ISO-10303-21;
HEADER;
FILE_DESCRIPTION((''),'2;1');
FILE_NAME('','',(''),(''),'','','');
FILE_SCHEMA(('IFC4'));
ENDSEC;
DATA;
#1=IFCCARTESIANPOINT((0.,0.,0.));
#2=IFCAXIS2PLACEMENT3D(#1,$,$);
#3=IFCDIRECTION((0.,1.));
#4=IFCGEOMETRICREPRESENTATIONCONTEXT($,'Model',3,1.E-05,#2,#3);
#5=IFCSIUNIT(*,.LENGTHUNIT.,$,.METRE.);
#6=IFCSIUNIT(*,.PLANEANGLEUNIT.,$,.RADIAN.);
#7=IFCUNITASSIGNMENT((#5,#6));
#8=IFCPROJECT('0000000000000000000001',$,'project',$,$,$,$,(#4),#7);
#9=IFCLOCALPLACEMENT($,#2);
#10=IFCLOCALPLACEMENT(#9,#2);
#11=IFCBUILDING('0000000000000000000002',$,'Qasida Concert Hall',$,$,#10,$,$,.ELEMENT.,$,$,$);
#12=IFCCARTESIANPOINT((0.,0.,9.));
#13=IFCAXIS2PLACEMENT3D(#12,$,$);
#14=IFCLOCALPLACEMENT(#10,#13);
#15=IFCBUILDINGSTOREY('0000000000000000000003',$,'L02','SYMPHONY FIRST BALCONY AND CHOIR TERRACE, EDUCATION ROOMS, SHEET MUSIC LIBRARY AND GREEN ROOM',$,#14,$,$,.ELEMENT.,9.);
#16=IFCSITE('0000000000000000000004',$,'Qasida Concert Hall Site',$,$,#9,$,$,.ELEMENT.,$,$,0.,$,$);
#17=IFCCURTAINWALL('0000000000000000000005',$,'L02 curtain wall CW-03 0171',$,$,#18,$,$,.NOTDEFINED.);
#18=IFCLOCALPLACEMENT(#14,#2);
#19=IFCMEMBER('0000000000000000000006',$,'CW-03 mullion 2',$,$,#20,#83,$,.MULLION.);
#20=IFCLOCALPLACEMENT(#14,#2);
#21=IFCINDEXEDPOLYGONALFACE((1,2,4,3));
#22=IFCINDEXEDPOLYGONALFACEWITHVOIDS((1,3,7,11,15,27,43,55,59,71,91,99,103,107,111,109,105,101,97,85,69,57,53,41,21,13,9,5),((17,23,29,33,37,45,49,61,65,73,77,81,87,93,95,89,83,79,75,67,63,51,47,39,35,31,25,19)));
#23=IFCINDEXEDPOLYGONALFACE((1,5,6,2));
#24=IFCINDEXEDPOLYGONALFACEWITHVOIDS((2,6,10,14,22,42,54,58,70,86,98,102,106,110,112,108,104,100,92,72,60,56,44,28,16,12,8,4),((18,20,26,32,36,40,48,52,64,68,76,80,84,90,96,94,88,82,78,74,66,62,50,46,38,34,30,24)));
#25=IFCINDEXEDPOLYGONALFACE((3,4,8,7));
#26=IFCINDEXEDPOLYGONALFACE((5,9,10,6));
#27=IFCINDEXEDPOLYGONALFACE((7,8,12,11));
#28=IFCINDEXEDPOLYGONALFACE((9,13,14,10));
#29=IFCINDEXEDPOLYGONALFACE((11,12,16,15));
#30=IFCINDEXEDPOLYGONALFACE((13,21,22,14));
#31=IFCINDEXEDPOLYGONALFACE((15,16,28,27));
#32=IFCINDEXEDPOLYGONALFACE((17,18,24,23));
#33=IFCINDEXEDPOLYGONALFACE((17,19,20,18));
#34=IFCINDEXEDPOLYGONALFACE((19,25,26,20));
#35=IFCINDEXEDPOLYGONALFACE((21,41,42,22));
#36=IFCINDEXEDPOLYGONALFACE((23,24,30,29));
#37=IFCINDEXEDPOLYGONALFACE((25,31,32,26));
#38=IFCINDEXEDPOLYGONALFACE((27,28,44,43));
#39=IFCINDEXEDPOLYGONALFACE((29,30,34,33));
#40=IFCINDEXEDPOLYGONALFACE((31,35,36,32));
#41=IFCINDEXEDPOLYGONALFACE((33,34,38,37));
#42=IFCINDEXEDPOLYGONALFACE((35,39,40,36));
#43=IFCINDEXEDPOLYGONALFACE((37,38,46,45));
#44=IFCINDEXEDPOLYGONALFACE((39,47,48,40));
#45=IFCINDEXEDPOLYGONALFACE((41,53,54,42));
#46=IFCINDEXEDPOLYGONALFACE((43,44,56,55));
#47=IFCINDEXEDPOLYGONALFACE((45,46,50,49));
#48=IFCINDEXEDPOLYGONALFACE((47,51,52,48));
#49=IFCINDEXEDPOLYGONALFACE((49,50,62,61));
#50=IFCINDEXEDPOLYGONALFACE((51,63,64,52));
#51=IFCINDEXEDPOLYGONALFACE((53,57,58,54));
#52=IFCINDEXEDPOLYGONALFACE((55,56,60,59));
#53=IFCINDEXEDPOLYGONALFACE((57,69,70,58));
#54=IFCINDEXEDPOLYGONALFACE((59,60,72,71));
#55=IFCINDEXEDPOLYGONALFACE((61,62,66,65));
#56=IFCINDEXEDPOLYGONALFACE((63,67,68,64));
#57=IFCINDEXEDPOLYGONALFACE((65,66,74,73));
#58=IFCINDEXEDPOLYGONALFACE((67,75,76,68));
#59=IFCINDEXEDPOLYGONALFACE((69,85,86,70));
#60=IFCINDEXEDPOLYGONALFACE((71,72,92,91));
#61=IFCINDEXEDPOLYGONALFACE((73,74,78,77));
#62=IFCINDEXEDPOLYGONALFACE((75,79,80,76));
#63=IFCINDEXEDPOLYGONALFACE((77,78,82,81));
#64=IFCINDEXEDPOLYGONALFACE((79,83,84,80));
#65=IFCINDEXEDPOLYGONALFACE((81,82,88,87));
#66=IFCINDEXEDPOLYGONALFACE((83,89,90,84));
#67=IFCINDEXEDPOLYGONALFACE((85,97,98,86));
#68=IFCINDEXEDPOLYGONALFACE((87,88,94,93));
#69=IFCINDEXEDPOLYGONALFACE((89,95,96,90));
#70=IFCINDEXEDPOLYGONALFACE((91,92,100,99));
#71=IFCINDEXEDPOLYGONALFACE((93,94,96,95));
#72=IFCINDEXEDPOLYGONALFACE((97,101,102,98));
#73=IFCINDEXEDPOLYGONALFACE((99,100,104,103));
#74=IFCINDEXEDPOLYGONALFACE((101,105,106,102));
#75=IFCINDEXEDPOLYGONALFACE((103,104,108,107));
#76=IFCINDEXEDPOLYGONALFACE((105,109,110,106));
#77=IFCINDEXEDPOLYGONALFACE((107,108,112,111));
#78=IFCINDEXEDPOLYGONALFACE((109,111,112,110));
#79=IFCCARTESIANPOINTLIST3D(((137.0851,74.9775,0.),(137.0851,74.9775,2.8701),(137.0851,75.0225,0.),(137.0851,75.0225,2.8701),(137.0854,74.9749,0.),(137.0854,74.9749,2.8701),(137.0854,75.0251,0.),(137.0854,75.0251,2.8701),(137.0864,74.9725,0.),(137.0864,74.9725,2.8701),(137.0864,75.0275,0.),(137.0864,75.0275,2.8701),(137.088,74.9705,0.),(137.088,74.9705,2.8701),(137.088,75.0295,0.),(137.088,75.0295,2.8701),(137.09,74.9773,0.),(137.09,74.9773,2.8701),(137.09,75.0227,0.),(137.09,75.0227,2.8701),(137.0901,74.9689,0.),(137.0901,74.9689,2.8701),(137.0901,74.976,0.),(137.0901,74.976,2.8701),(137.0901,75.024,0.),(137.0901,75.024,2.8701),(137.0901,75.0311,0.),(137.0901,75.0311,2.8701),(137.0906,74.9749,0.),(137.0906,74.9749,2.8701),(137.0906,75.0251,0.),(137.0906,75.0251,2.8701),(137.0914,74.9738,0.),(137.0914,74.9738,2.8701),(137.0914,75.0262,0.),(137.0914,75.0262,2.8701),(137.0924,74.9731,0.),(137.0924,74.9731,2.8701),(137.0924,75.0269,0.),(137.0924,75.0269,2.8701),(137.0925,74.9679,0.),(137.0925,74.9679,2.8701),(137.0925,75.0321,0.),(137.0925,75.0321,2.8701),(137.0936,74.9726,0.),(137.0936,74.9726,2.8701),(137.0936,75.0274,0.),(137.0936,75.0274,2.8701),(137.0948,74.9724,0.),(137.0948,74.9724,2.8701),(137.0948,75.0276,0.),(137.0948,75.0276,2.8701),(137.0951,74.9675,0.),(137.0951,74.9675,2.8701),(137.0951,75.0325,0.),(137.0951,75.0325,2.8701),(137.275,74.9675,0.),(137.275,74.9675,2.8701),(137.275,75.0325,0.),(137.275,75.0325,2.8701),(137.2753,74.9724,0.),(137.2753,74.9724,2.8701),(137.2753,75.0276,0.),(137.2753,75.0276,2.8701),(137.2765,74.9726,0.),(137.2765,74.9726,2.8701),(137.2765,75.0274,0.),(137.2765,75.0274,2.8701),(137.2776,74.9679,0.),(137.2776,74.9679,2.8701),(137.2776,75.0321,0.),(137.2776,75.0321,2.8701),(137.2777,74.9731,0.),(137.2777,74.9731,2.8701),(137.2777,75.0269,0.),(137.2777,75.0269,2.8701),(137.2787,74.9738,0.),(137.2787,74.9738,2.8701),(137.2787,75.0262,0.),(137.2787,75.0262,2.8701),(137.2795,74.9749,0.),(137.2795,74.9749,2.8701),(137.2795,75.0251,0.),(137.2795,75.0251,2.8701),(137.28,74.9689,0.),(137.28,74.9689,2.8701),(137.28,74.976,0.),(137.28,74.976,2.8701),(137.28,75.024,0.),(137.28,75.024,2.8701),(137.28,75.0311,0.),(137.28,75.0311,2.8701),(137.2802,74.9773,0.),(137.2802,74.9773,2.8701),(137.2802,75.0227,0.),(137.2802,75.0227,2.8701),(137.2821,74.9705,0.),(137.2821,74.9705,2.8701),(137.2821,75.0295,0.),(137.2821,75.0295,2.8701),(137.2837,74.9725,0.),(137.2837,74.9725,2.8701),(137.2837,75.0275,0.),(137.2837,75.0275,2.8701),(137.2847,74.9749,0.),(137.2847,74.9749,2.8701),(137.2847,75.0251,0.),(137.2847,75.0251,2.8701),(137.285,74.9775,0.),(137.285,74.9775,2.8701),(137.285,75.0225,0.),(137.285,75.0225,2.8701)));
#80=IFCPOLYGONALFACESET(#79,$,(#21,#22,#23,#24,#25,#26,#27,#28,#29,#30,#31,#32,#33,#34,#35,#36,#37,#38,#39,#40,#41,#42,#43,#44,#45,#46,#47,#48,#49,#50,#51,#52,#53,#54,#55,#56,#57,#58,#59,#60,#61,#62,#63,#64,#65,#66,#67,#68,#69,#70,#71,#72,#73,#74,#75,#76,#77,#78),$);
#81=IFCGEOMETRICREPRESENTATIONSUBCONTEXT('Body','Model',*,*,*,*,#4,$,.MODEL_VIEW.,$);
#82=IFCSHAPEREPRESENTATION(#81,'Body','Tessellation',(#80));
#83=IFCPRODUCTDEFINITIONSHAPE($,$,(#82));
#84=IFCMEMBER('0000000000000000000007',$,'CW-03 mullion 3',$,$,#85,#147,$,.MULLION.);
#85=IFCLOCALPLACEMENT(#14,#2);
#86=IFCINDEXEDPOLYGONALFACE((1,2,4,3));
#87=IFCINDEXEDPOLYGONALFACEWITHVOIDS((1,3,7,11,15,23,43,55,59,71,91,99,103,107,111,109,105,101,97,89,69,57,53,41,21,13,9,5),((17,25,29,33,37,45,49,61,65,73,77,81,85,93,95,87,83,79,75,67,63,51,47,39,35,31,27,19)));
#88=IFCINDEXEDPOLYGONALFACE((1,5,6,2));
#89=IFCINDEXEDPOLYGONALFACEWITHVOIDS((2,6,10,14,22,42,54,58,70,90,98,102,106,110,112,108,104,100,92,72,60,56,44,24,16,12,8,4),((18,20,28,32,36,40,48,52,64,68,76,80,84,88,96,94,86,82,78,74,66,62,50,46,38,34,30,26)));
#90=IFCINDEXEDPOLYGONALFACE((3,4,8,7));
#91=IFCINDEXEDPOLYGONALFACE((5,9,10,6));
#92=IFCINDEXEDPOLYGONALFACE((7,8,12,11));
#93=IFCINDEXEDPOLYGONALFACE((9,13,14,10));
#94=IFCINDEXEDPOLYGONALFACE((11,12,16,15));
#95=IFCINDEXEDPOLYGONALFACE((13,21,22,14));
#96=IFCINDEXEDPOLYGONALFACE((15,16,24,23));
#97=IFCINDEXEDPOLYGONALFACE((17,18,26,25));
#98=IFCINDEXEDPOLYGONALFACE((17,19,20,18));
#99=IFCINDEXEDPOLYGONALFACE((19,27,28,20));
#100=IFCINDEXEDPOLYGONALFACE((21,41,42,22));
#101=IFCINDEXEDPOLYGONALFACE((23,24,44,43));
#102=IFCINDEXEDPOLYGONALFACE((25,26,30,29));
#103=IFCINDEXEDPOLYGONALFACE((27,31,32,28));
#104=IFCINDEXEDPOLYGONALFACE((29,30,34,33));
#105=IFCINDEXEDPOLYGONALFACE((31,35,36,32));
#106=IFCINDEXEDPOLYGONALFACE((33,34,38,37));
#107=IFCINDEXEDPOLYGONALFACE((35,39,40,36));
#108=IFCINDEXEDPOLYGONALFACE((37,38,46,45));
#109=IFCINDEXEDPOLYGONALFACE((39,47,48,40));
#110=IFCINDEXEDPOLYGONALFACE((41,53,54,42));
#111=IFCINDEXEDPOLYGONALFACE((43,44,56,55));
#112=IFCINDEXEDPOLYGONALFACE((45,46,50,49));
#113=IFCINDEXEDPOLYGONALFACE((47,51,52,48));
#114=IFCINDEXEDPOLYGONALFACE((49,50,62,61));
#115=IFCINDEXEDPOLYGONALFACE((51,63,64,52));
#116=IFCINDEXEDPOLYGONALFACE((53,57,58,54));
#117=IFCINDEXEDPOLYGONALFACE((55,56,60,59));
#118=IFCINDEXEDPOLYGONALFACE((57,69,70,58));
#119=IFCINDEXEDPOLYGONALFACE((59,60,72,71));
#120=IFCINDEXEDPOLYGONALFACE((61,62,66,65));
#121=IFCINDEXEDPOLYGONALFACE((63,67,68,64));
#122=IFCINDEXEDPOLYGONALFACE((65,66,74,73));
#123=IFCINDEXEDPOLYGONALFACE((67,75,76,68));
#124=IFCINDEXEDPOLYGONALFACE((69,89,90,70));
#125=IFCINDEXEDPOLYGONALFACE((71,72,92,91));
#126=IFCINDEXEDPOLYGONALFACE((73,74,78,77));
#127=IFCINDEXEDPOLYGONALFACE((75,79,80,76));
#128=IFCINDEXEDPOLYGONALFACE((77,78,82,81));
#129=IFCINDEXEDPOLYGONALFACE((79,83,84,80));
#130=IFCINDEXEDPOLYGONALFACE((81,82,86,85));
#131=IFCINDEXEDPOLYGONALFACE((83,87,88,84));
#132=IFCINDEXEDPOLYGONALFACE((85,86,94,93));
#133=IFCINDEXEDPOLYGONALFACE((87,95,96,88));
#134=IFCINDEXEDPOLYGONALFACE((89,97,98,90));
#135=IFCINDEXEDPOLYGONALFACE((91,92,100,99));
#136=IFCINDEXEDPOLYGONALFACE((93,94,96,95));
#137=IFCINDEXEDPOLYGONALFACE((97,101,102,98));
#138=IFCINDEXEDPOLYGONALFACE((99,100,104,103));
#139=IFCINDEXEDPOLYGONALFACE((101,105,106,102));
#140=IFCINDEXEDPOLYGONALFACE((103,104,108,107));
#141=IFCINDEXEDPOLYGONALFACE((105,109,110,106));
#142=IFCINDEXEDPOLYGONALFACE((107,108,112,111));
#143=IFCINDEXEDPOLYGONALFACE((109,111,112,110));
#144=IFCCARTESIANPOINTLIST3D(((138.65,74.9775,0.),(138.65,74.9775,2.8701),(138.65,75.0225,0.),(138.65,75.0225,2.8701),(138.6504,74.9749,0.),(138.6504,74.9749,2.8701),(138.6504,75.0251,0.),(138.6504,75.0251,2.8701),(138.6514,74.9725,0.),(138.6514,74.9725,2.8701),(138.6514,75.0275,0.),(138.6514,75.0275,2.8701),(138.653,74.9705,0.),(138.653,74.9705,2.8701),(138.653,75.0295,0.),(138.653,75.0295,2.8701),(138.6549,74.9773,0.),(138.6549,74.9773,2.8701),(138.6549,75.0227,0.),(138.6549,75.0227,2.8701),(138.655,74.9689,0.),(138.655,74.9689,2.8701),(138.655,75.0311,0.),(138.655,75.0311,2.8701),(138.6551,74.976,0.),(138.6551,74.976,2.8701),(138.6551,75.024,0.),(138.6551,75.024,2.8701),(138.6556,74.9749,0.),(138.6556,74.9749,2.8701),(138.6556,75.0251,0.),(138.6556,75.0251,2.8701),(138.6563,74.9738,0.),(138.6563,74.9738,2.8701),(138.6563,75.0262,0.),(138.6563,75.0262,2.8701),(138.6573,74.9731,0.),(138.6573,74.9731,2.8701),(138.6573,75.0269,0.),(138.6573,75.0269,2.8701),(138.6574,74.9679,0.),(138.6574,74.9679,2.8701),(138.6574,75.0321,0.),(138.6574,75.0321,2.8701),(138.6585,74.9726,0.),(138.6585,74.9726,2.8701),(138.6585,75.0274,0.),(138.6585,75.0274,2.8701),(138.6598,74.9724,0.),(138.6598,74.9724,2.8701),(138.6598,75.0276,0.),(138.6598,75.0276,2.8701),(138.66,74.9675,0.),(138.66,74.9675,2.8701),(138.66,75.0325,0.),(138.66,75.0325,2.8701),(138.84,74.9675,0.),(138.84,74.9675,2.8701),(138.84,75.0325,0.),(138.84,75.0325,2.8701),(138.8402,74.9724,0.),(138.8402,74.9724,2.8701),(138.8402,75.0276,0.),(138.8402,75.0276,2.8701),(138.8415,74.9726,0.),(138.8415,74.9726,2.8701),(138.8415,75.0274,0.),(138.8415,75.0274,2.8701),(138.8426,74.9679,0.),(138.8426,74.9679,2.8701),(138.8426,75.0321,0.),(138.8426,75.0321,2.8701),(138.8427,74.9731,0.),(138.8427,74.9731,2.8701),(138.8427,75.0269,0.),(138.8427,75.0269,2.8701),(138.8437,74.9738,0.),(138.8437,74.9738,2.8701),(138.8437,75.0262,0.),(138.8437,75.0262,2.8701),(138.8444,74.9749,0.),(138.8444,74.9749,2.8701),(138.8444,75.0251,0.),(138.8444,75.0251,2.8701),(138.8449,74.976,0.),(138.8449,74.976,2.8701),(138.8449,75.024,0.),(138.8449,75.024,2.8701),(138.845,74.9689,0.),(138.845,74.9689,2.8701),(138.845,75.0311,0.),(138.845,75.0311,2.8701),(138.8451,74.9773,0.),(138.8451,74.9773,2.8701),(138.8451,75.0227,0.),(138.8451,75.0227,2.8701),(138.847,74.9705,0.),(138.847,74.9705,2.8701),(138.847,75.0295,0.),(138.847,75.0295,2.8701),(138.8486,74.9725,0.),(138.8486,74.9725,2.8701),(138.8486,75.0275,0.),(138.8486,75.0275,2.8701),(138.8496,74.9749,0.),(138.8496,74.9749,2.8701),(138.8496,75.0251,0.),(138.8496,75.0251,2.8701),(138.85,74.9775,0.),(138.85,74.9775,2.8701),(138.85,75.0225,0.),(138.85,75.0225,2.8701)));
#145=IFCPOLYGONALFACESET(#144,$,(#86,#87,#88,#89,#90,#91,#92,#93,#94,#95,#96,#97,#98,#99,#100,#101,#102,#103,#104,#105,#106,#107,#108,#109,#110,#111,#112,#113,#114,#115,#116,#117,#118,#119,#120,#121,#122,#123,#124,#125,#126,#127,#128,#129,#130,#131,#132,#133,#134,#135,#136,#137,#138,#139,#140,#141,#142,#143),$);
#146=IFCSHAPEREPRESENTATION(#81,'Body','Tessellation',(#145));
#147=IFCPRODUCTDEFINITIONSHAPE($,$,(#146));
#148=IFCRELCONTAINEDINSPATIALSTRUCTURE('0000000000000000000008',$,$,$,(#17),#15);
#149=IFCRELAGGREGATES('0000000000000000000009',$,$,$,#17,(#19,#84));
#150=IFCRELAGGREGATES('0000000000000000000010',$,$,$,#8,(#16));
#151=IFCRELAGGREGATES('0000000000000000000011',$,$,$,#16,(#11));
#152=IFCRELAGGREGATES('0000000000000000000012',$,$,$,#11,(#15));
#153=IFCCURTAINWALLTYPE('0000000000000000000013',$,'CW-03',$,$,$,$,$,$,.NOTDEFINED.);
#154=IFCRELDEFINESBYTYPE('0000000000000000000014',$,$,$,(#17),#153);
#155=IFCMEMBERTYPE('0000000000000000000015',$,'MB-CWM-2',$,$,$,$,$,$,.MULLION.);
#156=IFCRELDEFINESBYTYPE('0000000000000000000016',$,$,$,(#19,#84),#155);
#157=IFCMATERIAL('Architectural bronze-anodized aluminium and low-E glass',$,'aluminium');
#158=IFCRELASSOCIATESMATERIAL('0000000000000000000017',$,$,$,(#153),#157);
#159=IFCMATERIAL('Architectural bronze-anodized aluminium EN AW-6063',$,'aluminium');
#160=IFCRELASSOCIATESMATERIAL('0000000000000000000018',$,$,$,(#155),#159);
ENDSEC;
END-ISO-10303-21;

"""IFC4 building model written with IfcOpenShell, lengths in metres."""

from ifc_helpers import new_model, si_unit, direction, frame, origin, origin_2d, place, context, subcontext, project, spatial, hollow_rectangle, extrude, material, material_profile, profile_set, type_object, element, aggregate, save


model = new_model("IFC4")

# Units and contexts
model_context = context("Model", 3, precision=1e-05, world=origin(), true_north=direction((0.0, 1.0)))
body_context = subcontext(model_context, "Body", "Model", "MODEL_VIEW")
ifc_project = project(units=[si_unit("LENGTHUNIT", "METRE"), si_unit("PLANEANGLEUNIT", "RADIAN")], contexts=[model_context])

# Site, building, storey
site_placement = place(None, origin())
site = spatial("IfcSite", under=ifc_project, at=site_placement, Name="Qasida Concert Hall Site", CompositionType="ELEMENT", RefElevation=0.0)
building_placement = place(site_placement, origin())
building = spatial("IfcBuilding", under=site, at=building_placement, Name="Qasida Concert Hall", CompositionType="ELEMENT")
storey_placement = place(building_placement, frame((0.0, 0.0, 9.0)))
storey = spatial("IfcBuildingStorey", under=building, at=storey_placement, Name="L02", Description="SYMPHONY FIRST BALCONY AND CHOIR TERRACE, EDUCATION ROOMS, SHEET MUSIC LIBRARY AND GREEN ROOM", CompositionType="ELEMENT", Elevation=9.0)

# Curtain wall, members
ifc_material_1 = material(Name="Architectural bronze-anodized aluminium and low-E glass", Category="aluminium")
curtain_wall_type = type_object("IfcCurtainWallType", Name="CW-03", PredefinedType="NOTDEFINED", material=ifc_material_1)
curtain_wall_placement = place(storey_placement, origin())
curtain_wall = element("IfcCurtainWall", 1, at=curtain_wall_placement, inside=storey, type_object=curtain_wall_type, Name="L02 curtain wall CW-03 0171", PredefinedType="NOTDEFINED")
ifc_material_2 = material(Name="Architectural bronze-anodized aluminium EN AW-6063", Category="aluminium")
ifc_material_profile_1 = material_profile(ifc_material_2, hollow_rectangle(XDim=0.0649, YDim=0.2, WallThickness=0.0049, InnerFilletRadius=0.0049, OuterFilletRadius=0.01, at=origin_2d()), Name="CWM 200x65x5")
ifc_profile_set_1 = profile_set([ifc_material_profile_1], Name="Architectural bronze-anodized aluminium EN AW-6063")
member_type_1 = type_object("IfcMemberType", Name="MB-CWM-2", PredefinedType="MULLION", material=ifc_profile_set_1)
member_1_placement = place(storey_placement, frame((137.1851, 75.0, 0.0), z_axis=(0.0, 0.0, 1.0), x_axis=(0.0, 1.0, 0.0)))
member_1 = element("IfcMember", 2, at=member_1_placement, type_object=member_type_1, Name="CW-03 mullion 2", PredefinedType="MULLION", context=body_context, shape_type="SweptSolid", body=[
    extrude(hollow_rectangle(XDim=0.0649, YDim=0.2, WallThickness=0.0049, InnerFilletRadius=0.0049, OuterFilletRadius=0.01, at=origin_2d()), origin(), (0.0, 0.0, 1.0), 2.8701),
])
member_2_placement = place(storey_placement, frame((138.75, 75.0, 0.0), z_axis=(0.0, 0.0, 1.0), x_axis=(0.0, 1.0, 0.0)))
member_2 = element("IfcMember", 3, at=member_2_placement, type_object=member_type_1, Name="CW-03 mullion 3", PredefinedType="MULLION", context=body_context, shape_type="SweptSolid", body=[
    extrude(hollow_rectangle(XDim=0.0649, YDim=0.2, WallThickness=0.0049, InnerFilletRadius=0.0049, OuterFilletRadius=0.01, at=origin_2d()), origin(), (0.0, 0.0, 1.0), 2.8701),
])
aggregate(curtain_wall, [member_1, member_2])

save(model, "model.ifc")
